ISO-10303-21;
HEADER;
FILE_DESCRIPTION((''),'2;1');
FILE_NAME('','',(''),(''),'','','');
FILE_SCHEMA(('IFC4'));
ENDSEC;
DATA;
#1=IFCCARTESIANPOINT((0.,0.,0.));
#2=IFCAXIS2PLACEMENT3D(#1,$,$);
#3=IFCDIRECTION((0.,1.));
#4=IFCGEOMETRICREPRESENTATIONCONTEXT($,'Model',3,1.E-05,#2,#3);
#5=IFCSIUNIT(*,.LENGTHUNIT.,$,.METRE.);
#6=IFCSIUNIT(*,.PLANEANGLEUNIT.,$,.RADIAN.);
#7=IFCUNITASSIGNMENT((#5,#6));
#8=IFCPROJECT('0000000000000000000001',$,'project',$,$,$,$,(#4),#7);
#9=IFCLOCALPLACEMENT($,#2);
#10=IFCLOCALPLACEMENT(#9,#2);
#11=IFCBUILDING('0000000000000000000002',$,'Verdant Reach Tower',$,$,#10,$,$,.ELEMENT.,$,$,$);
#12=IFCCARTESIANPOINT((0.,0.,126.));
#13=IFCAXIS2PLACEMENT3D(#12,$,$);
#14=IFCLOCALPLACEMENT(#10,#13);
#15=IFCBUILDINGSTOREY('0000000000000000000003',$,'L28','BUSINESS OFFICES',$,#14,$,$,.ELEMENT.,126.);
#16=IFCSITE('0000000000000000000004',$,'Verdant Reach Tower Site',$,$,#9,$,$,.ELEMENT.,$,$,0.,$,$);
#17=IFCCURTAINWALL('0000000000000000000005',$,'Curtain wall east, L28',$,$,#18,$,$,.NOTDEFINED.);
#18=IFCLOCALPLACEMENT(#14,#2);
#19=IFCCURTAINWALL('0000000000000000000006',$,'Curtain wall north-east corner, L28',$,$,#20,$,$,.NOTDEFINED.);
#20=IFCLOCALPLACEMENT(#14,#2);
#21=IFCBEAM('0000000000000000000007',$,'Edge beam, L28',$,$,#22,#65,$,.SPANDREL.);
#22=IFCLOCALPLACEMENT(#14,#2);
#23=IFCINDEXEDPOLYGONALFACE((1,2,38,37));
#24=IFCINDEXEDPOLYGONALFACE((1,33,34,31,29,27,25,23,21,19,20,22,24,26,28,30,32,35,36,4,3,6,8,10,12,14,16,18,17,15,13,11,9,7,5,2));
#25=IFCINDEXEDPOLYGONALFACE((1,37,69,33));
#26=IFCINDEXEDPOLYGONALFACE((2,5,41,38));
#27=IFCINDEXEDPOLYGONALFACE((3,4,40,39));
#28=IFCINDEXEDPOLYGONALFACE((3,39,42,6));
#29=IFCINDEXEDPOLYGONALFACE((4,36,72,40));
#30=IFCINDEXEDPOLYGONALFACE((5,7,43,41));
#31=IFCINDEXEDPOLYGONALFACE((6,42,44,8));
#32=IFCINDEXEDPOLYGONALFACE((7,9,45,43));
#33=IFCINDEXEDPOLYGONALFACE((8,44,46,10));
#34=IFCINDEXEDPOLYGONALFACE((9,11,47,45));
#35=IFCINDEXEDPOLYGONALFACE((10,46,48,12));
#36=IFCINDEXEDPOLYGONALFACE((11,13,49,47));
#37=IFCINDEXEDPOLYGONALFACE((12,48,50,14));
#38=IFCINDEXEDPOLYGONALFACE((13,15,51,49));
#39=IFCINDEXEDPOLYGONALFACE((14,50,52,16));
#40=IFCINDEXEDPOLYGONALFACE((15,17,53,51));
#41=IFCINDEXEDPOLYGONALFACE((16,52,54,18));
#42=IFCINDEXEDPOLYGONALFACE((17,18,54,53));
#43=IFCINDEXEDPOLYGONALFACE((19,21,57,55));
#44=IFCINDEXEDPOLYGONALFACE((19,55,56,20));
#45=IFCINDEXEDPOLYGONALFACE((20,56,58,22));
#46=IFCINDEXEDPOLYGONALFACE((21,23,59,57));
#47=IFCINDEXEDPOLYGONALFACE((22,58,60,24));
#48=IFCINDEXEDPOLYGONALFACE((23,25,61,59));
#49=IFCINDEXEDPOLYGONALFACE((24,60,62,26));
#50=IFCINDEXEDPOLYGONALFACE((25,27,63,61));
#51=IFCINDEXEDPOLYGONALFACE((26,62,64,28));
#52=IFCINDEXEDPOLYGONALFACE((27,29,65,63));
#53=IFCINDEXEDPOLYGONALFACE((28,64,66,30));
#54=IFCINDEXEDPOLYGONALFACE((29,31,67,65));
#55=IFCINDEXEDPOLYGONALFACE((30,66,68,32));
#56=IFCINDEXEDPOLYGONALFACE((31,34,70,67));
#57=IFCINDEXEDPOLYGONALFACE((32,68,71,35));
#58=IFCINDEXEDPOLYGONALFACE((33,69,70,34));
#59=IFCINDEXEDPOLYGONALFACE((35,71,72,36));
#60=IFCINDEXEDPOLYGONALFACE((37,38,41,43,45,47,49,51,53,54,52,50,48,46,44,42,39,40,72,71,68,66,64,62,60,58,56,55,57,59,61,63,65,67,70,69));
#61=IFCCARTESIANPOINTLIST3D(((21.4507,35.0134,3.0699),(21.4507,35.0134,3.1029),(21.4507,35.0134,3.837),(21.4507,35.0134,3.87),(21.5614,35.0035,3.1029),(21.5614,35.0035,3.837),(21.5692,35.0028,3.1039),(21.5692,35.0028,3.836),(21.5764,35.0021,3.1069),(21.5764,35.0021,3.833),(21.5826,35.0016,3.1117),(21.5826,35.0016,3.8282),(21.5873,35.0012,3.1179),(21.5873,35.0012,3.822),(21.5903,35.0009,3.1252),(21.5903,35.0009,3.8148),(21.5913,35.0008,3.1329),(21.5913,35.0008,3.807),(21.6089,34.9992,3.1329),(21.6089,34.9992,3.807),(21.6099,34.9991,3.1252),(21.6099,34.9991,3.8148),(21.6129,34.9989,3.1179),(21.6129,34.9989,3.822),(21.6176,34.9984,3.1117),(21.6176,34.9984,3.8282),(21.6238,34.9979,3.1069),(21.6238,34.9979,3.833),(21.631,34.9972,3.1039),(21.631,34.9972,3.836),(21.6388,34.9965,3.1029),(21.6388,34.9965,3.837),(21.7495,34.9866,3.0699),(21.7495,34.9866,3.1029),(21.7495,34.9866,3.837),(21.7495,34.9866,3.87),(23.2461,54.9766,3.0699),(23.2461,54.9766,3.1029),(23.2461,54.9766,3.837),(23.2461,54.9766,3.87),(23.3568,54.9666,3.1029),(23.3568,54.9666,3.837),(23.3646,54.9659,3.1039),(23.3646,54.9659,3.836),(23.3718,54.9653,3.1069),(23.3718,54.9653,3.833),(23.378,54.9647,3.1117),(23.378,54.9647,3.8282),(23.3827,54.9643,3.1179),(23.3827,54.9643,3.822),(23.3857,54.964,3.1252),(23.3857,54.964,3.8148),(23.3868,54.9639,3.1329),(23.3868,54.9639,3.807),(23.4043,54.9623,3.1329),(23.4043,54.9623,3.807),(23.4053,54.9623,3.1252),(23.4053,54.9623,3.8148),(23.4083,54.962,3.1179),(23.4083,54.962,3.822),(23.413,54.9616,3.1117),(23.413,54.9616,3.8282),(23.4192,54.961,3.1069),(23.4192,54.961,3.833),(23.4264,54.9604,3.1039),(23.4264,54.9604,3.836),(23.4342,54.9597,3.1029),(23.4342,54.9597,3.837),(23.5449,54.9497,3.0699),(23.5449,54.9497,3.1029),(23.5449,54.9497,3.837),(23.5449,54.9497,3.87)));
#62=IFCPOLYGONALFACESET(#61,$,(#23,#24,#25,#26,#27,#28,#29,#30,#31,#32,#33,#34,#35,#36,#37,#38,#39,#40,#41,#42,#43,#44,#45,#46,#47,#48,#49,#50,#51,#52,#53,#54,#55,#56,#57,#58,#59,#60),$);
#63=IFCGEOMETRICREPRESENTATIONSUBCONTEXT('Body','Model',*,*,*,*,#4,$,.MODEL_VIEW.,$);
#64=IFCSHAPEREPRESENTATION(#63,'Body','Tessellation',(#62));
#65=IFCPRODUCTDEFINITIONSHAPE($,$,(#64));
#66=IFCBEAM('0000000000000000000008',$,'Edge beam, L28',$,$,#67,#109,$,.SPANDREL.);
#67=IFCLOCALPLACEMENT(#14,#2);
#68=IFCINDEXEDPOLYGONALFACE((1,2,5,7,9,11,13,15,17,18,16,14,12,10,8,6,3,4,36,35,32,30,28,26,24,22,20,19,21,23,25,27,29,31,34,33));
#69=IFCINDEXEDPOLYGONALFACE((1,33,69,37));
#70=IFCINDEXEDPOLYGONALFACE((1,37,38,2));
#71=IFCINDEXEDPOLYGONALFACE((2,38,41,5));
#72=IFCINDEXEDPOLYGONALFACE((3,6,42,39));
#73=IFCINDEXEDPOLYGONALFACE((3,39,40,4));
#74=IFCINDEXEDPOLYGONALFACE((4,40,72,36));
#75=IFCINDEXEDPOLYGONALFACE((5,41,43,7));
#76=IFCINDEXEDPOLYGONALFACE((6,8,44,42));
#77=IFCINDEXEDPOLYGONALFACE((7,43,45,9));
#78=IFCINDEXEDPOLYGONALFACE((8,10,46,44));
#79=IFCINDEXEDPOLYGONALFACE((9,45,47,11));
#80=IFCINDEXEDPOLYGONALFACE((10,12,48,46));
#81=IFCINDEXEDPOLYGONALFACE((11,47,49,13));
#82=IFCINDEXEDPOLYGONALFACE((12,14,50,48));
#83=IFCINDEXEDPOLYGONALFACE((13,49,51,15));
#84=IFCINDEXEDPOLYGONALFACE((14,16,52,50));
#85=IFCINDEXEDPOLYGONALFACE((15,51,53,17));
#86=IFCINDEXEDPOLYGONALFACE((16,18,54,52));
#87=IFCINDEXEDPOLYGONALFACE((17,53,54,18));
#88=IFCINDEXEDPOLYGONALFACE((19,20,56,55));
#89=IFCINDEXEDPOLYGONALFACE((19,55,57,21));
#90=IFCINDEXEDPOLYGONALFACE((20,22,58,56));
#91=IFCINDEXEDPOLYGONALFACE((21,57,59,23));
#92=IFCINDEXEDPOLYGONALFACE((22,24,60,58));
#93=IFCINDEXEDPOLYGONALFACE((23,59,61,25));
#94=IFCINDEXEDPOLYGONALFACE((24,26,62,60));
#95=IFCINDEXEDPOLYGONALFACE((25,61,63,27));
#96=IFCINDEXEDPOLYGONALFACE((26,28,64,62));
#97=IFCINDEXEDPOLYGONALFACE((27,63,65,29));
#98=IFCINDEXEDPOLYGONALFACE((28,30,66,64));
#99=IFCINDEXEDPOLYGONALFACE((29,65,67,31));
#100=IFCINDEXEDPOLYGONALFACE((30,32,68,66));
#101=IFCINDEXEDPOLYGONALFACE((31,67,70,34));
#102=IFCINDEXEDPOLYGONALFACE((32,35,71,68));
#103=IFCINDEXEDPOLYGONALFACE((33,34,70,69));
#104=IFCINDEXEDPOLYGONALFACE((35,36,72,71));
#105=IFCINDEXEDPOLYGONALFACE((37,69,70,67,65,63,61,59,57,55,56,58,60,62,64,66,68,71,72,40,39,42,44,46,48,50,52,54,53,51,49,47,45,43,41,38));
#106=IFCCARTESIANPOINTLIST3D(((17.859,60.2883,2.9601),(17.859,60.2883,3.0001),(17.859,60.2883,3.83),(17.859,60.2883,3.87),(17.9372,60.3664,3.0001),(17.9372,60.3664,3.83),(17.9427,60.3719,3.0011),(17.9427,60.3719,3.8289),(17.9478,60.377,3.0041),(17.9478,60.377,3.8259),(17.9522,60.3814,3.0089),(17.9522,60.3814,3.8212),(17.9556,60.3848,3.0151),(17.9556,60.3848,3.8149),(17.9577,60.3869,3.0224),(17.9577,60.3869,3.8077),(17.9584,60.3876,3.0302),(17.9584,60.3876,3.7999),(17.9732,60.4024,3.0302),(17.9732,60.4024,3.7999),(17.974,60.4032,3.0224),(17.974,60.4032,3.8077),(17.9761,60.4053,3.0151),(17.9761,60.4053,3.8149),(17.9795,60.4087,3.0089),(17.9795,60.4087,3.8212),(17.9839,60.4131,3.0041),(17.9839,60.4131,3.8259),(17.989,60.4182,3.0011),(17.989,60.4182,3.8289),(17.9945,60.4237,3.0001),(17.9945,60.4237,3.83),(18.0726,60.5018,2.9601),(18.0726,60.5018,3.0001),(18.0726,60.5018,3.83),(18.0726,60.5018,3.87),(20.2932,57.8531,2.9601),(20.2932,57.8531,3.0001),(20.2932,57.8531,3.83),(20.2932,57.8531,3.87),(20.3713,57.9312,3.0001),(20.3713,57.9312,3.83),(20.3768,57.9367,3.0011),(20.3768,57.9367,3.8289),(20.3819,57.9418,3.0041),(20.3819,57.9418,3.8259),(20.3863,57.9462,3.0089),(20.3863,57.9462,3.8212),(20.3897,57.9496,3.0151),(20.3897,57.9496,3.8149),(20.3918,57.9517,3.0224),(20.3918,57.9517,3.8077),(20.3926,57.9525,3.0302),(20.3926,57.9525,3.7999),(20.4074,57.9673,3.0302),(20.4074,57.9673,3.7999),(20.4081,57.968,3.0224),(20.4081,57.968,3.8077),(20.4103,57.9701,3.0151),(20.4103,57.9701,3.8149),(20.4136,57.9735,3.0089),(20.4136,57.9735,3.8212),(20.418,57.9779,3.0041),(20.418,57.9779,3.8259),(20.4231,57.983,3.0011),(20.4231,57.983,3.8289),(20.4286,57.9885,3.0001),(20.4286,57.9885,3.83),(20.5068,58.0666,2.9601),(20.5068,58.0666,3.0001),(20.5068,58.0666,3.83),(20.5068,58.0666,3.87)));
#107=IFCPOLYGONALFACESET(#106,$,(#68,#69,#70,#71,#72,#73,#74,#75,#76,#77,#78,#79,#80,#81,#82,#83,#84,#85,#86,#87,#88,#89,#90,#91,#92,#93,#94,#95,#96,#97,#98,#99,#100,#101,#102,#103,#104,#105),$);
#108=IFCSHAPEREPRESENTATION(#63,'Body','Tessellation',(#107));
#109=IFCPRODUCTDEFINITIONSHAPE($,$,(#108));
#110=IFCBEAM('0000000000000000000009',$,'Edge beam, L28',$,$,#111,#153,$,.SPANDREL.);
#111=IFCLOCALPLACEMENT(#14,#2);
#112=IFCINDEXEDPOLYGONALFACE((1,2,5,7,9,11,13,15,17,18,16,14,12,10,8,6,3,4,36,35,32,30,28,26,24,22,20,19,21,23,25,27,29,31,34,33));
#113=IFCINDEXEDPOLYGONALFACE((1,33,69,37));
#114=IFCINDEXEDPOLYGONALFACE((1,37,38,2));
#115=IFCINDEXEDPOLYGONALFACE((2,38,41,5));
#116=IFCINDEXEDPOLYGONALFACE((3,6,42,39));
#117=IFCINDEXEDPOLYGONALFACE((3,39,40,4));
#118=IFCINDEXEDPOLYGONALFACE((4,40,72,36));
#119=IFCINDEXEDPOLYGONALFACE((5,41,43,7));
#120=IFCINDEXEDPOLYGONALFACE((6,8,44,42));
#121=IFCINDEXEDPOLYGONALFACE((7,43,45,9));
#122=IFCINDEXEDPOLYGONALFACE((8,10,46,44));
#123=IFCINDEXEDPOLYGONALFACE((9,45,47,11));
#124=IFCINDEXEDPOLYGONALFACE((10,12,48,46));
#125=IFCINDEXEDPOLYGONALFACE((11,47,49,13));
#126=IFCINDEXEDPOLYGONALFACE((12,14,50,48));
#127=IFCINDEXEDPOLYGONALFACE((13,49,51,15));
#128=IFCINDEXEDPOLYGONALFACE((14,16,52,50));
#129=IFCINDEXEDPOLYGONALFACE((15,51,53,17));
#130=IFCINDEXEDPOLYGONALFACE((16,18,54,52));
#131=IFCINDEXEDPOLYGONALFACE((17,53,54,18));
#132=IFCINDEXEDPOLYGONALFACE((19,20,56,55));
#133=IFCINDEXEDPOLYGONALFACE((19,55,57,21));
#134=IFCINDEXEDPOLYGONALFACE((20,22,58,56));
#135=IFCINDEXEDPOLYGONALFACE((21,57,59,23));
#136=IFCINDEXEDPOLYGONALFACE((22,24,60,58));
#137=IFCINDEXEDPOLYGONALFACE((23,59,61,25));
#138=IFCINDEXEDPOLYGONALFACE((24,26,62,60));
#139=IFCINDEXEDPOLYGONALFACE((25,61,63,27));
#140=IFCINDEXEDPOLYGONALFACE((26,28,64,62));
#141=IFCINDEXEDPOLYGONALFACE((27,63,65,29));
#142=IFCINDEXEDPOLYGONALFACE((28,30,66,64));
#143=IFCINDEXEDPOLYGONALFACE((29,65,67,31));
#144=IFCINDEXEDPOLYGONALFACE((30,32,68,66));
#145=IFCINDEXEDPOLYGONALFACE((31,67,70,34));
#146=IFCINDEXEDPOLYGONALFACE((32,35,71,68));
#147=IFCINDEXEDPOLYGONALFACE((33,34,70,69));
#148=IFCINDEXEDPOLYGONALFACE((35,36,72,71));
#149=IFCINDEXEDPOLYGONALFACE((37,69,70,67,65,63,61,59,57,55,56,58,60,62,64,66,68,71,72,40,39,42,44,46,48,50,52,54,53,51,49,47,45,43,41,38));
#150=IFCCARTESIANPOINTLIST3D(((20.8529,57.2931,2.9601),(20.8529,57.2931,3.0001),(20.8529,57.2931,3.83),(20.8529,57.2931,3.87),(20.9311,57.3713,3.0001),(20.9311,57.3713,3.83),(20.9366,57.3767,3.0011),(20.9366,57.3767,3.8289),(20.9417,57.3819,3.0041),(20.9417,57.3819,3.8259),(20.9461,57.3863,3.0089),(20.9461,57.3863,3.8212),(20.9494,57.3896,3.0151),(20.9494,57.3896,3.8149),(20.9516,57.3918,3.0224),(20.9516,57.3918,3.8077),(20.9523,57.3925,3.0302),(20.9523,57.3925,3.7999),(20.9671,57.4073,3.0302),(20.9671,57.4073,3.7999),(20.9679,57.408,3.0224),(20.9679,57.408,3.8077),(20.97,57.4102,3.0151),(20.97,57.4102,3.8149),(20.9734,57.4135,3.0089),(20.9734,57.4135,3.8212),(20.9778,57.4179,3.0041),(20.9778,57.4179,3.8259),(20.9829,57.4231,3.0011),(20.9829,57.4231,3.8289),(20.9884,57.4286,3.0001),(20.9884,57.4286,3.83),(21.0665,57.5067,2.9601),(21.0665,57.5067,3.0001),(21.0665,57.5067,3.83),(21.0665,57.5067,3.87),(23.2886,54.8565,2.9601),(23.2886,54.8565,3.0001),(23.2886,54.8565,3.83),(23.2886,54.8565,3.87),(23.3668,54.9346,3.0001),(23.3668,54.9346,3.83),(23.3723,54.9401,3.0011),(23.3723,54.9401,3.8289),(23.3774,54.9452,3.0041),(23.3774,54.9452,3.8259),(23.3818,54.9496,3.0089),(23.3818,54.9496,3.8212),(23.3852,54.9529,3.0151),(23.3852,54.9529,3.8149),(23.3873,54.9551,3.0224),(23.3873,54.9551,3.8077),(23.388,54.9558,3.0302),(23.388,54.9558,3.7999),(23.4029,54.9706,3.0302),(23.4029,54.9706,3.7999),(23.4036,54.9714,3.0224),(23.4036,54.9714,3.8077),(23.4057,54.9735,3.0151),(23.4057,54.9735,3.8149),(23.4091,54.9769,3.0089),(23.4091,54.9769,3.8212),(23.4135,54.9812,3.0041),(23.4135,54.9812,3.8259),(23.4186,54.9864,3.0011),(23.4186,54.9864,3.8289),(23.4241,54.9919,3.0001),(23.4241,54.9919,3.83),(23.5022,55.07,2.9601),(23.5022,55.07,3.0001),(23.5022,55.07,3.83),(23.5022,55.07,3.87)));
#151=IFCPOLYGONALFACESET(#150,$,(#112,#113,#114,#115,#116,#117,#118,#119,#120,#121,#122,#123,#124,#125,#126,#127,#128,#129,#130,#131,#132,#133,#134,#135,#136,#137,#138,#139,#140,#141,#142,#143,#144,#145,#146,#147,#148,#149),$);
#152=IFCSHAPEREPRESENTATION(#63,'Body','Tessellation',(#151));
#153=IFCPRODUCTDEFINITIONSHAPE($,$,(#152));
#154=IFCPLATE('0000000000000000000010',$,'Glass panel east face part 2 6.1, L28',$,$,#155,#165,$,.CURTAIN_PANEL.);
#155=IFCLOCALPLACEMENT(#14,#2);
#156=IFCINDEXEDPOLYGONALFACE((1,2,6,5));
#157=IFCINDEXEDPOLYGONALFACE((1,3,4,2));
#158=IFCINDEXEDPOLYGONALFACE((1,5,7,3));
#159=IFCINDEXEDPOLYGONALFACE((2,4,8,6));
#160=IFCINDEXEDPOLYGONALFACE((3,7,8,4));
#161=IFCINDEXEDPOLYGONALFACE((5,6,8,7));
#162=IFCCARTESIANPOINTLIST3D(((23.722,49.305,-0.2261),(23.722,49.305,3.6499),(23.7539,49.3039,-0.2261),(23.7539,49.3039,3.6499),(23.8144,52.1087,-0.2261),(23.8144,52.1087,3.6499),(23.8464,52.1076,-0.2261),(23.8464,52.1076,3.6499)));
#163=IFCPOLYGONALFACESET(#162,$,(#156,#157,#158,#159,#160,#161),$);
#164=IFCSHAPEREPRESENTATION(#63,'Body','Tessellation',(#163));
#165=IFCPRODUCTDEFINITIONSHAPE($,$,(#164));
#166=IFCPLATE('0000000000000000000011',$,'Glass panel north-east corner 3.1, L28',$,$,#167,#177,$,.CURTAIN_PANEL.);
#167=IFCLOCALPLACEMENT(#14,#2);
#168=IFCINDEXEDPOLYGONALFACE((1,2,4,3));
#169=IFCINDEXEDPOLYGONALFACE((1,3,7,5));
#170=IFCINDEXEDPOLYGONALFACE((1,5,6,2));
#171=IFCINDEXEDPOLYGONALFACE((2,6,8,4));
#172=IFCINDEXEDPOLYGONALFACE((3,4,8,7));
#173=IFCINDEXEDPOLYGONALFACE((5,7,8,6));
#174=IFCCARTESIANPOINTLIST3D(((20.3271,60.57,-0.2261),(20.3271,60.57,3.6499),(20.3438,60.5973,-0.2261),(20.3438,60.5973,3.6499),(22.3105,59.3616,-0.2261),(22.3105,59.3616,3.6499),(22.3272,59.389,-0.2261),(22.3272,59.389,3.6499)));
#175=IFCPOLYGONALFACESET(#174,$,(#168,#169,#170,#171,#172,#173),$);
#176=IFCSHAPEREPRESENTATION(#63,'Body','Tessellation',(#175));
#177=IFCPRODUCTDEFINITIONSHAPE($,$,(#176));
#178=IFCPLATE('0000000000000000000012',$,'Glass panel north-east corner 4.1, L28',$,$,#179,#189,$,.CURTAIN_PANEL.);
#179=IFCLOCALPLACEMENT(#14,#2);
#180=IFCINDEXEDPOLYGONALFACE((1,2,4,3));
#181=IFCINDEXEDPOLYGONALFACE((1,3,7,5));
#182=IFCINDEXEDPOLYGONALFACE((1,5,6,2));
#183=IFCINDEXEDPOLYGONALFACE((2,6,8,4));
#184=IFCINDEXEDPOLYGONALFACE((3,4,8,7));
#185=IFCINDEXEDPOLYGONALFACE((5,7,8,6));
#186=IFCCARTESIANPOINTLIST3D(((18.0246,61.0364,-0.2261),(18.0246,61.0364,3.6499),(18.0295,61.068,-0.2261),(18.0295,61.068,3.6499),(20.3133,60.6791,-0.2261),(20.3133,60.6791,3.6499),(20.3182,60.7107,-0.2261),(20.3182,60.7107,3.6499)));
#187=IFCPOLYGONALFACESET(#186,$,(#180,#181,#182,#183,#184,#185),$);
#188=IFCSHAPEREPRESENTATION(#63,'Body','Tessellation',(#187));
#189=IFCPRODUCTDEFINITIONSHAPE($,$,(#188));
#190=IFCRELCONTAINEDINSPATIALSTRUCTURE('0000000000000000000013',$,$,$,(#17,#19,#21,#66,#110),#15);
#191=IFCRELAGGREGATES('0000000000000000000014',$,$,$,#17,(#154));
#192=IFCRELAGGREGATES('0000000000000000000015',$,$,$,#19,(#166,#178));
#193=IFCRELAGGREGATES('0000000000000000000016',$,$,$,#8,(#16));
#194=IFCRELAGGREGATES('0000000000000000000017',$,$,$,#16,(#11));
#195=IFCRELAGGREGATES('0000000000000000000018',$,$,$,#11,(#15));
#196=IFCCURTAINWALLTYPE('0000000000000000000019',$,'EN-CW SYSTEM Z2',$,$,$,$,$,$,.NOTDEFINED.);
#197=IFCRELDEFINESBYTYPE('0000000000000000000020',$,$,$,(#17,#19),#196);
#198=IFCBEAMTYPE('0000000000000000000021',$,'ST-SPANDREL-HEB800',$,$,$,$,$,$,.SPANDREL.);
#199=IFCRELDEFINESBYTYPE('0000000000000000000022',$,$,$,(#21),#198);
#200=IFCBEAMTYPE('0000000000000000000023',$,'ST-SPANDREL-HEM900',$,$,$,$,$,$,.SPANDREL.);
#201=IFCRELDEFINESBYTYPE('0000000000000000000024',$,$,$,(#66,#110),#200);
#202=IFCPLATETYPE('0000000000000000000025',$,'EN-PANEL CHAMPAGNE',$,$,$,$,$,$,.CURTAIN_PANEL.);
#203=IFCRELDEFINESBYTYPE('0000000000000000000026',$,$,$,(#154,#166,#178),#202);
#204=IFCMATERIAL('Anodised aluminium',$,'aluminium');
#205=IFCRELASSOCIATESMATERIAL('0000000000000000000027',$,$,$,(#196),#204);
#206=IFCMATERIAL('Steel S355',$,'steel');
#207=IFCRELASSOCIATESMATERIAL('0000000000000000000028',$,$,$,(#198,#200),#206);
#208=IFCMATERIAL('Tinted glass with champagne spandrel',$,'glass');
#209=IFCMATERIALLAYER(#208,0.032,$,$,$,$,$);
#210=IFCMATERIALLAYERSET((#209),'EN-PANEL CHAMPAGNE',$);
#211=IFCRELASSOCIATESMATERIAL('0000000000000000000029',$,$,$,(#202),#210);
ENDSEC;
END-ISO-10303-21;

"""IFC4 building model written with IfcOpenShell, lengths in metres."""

from ifc_helpers import new_model, si_unit, direction, frame, origin, origin_2d, place, context, subcontext, project, spatial, rectangle, i_section, extrude, material, layer, layer_set, material_profile, profile_set, type_object, element, aggregate, save


model = new_model("IFC4")

# Units and contexts
model_context = context("Model", 3, precision=1e-05, world=origin(), true_north=direction((0.0, 1.0)))
body_context = subcontext(model_context, "Body", "Model", "MODEL_VIEW")
ifc_project = project(units=[si_unit("LENGTHUNIT", "METRE"), si_unit("PLANEANGLEUNIT", "RADIAN")], contexts=[model_context])

# Site, building, storey
site_placement = place(None, origin())
site = spatial("IfcSite", under=ifc_project, at=site_placement, Name="Verdant Reach Tower Site", CompositionType="ELEMENT", RefElevation=0.0)
building_placement = place(site_placement, origin())
building = spatial("IfcBuilding", under=site, at=building_placement, Name="Verdant Reach Tower", CompositionType="ELEMENT")
storey_placement = place(building_placement, frame((0.0, 0.0, 126.0)))
storey = spatial("IfcBuildingStorey", under=building, at=storey_placement, Name="L28", Description="BUSINESS OFFICES", CompositionType="ELEMENT", Elevation=126.0)

# Curtain wall
ifc_material_1 = material(Name="Anodised aluminium", Category="aluminium")
curtain_wall_type = type_object("IfcCurtainWallType", Name="EN-CW SYSTEM Z2", PredefinedType="NOTDEFINED", material=ifc_material_1)
curtain_wall_1_placement = place(storey_placement, origin())
curtain_wall_1 = element("IfcCurtainWall", 1, at=curtain_wall_1_placement, inside=storey, type_object=curtain_wall_type, Name="Curtain wall east, L28", PredefinedType="NOTDEFINED")

# Curtain wall
curtain_wall_2_placement = place(storey_placement, origin())
curtain_wall_2 = element("IfcCurtainWall", 2, at=curtain_wall_2_placement, inside=storey, type_object=curtain_wall_type, Name="Curtain wall north-east corner, L28", PredefinedType="NOTDEFINED")

# Beams
ifc_material_2 = material(Name="Steel S355", Category="steel")
ifc_material_profile_1 = material_profile(ifc_material_2, i_section(OverallWidth=0.3, OverallDepth=0.8, WebThickness=0.0176, FlangeThickness=0.033, FilletRadius=0.03, at=origin_2d()), Name="HEB 800")
ifc_profile_set_1 = profile_set([ifc_material_profile_1], Name="Steel S355")
beam_type_1 = type_object("IfcBeamType", Name="ST-SPANDREL-HEB800", PredefinedType="SPANDREL", material=ifc_profile_set_1)
beam_1_placement = place(storey_placement, frame((23.3955, 54.9631, 3.47), z_axis=(-0.089575, -0.99598, 0.0), x_axis=(0.99598, -0.089575, 0.0)))
element("IfcBeam", 3, at=beam_1_placement, inside=storey, type_object=beam_type_1, Name="Edge beam, L28", PredefinedType="SPANDREL", context=body_context, shape_type="SweptSolid", body=[
    extrude(i_section(OverallWidth=0.3, OverallDepth=0.8, WebThickness=0.0176, FlangeThickness=0.033, FilletRadius=0.03, at=origin_2d()), origin(), (0.0, 0.0, 1.0), 20.0437),
])
ifc_material_profile_2 = material_profile(ifc_material_2, i_section(OverallWidth=0.302, OverallDepth=0.9099, WebThickness=0.021, FlangeThickness=0.04, FilletRadius=0.03, at=origin_2d()), Name="HEM 900")
ifc_profile_set_2 = profile_set([ifc_material_profile_2], Name="Steel S355")
beam_type_2 = type_object("IfcBeamType", Name="ST-SPANDREL-HEM900", PredefinedType="SPANDREL", material=ifc_profile_set_2)
beam_2_placement = place(storey_placement, frame((17.9658, 60.395, 3.415), z_axis=(0.706965, -0.707249, 0.0), x_axis=(0.707249, 0.706965, 0.0)))
element("IfcBeam", 4, at=beam_2_placement, inside=storey, type_object=beam_type_2, Name="Edge beam, L28", PredefinedType="SPANDREL", context=body_context, shape_type="SweptSolid", body=[
    extrude(i_section(OverallWidth=0.302, OverallDepth=0.9099, WebThickness=0.021, FlangeThickness=0.04, FilletRadius=0.03, at=origin_2d()), origin(), (0.0, 0.0, 1.0), 3.4431),
])
beam_3_placement = place(storey_placement, frame((20.9597, 57.3999, 3.415), z_axis=(0.706965, -0.707248, 0.0), x_axis=(0.707248, 0.706965, 0.0)))
element("IfcBeam", 5, at=beam_3_placement, inside=storey, type_object=beam_type_2, Name="Edge beam, L28", PredefinedType="SPANDREL", context=body_context, shape_type="SweptSolid", body=[
    extrude(i_section(OverallWidth=0.302, OverallDepth=0.9099, WebThickness=0.021, FlangeThickness=0.04, FilletRadius=0.03, at=origin_2d()), origin(), (0.0, 0.0, 1.0), 3.4453),
])

# Plates
ifc_material_3 = material(Name="Tinted glass with champagne spandrel", Category="glass")
ifc_layer_1 = layer(ifc_material_3, 0.032)
ifc_layer_set_1 = layer_set([ifc_layer_1], Name="EN-PANEL CHAMPAGNE")
plate_type_1 = type_object("IfcPlateType", Name="EN-PANEL CHAMPAGNE", PredefinedType="CURTAIN_PANEL", material=ifc_layer_set_1)
plate_1_placement = place(storey_placement, frame((23.7842, 50.7063, -0.2261), z_axis=(0.0, 0.0, 1.0), x_axis=(0.032966, 0.999456, 0.0)))
plate_1 = element("IfcPlate", 6, at=plate_1_placement, type_object=plate_type_1, Name="Glass panel east face part 2 6.1, L28", PredefinedType="CURTAIN_PANEL", context=body_context, shape_type="SweptSolid", body=[
    extrude(rectangle(XDim=2.8052, YDim=0.032, at=origin_2d()), origin(), (0.0, 0.0, 1.0), 3.876),
])
plate_2_placement = place(storey_placement, frame((21.3271, 59.9795, -0.2261), z_axis=(0.0, 0.0, 1.0), x_axis=(-0.853989, 0.520292, 0.0)))
plate_2 = element("IfcPlate", 7, at=plate_2_placement, type_object=plate_type_1, Name="Glass panel north-east corner 3.1, L28", PredefinedType="CURTAIN_PANEL", context=body_context, shape_type="SweptSolid", body=[
    extrude(rectangle(XDim=2.3225, YDim=0.032, at=origin_2d()), origin(), (0.0, 0.0, 1.0), 3.876),
])
plate_3_placement = place(storey_placement, frame((19.1714, 60.8735, -0.2261), z_axis=(0.0, 0.0, 1.0), x_axis=(-0.988031, 0.154256, 0.0)))
plate_3 = element("IfcPlate", 8, at=plate_3_placement, type_object=plate_type_1, Name="Glass panel north-east corner 4.1, L28", PredefinedType="CURTAIN_PANEL", context=body_context, shape_type="SweptSolid", body=[
    extrude(rectangle(XDim=2.3164, YDim=0.032, at=origin_2d()), origin(), (0.0, 0.0, 1.0), 3.876),
])
aggregate(curtain_wall_1, [plate_1])
aggregate(curtain_wall_2, [plate_2, plate_3])

save(model, "model.ifc")
